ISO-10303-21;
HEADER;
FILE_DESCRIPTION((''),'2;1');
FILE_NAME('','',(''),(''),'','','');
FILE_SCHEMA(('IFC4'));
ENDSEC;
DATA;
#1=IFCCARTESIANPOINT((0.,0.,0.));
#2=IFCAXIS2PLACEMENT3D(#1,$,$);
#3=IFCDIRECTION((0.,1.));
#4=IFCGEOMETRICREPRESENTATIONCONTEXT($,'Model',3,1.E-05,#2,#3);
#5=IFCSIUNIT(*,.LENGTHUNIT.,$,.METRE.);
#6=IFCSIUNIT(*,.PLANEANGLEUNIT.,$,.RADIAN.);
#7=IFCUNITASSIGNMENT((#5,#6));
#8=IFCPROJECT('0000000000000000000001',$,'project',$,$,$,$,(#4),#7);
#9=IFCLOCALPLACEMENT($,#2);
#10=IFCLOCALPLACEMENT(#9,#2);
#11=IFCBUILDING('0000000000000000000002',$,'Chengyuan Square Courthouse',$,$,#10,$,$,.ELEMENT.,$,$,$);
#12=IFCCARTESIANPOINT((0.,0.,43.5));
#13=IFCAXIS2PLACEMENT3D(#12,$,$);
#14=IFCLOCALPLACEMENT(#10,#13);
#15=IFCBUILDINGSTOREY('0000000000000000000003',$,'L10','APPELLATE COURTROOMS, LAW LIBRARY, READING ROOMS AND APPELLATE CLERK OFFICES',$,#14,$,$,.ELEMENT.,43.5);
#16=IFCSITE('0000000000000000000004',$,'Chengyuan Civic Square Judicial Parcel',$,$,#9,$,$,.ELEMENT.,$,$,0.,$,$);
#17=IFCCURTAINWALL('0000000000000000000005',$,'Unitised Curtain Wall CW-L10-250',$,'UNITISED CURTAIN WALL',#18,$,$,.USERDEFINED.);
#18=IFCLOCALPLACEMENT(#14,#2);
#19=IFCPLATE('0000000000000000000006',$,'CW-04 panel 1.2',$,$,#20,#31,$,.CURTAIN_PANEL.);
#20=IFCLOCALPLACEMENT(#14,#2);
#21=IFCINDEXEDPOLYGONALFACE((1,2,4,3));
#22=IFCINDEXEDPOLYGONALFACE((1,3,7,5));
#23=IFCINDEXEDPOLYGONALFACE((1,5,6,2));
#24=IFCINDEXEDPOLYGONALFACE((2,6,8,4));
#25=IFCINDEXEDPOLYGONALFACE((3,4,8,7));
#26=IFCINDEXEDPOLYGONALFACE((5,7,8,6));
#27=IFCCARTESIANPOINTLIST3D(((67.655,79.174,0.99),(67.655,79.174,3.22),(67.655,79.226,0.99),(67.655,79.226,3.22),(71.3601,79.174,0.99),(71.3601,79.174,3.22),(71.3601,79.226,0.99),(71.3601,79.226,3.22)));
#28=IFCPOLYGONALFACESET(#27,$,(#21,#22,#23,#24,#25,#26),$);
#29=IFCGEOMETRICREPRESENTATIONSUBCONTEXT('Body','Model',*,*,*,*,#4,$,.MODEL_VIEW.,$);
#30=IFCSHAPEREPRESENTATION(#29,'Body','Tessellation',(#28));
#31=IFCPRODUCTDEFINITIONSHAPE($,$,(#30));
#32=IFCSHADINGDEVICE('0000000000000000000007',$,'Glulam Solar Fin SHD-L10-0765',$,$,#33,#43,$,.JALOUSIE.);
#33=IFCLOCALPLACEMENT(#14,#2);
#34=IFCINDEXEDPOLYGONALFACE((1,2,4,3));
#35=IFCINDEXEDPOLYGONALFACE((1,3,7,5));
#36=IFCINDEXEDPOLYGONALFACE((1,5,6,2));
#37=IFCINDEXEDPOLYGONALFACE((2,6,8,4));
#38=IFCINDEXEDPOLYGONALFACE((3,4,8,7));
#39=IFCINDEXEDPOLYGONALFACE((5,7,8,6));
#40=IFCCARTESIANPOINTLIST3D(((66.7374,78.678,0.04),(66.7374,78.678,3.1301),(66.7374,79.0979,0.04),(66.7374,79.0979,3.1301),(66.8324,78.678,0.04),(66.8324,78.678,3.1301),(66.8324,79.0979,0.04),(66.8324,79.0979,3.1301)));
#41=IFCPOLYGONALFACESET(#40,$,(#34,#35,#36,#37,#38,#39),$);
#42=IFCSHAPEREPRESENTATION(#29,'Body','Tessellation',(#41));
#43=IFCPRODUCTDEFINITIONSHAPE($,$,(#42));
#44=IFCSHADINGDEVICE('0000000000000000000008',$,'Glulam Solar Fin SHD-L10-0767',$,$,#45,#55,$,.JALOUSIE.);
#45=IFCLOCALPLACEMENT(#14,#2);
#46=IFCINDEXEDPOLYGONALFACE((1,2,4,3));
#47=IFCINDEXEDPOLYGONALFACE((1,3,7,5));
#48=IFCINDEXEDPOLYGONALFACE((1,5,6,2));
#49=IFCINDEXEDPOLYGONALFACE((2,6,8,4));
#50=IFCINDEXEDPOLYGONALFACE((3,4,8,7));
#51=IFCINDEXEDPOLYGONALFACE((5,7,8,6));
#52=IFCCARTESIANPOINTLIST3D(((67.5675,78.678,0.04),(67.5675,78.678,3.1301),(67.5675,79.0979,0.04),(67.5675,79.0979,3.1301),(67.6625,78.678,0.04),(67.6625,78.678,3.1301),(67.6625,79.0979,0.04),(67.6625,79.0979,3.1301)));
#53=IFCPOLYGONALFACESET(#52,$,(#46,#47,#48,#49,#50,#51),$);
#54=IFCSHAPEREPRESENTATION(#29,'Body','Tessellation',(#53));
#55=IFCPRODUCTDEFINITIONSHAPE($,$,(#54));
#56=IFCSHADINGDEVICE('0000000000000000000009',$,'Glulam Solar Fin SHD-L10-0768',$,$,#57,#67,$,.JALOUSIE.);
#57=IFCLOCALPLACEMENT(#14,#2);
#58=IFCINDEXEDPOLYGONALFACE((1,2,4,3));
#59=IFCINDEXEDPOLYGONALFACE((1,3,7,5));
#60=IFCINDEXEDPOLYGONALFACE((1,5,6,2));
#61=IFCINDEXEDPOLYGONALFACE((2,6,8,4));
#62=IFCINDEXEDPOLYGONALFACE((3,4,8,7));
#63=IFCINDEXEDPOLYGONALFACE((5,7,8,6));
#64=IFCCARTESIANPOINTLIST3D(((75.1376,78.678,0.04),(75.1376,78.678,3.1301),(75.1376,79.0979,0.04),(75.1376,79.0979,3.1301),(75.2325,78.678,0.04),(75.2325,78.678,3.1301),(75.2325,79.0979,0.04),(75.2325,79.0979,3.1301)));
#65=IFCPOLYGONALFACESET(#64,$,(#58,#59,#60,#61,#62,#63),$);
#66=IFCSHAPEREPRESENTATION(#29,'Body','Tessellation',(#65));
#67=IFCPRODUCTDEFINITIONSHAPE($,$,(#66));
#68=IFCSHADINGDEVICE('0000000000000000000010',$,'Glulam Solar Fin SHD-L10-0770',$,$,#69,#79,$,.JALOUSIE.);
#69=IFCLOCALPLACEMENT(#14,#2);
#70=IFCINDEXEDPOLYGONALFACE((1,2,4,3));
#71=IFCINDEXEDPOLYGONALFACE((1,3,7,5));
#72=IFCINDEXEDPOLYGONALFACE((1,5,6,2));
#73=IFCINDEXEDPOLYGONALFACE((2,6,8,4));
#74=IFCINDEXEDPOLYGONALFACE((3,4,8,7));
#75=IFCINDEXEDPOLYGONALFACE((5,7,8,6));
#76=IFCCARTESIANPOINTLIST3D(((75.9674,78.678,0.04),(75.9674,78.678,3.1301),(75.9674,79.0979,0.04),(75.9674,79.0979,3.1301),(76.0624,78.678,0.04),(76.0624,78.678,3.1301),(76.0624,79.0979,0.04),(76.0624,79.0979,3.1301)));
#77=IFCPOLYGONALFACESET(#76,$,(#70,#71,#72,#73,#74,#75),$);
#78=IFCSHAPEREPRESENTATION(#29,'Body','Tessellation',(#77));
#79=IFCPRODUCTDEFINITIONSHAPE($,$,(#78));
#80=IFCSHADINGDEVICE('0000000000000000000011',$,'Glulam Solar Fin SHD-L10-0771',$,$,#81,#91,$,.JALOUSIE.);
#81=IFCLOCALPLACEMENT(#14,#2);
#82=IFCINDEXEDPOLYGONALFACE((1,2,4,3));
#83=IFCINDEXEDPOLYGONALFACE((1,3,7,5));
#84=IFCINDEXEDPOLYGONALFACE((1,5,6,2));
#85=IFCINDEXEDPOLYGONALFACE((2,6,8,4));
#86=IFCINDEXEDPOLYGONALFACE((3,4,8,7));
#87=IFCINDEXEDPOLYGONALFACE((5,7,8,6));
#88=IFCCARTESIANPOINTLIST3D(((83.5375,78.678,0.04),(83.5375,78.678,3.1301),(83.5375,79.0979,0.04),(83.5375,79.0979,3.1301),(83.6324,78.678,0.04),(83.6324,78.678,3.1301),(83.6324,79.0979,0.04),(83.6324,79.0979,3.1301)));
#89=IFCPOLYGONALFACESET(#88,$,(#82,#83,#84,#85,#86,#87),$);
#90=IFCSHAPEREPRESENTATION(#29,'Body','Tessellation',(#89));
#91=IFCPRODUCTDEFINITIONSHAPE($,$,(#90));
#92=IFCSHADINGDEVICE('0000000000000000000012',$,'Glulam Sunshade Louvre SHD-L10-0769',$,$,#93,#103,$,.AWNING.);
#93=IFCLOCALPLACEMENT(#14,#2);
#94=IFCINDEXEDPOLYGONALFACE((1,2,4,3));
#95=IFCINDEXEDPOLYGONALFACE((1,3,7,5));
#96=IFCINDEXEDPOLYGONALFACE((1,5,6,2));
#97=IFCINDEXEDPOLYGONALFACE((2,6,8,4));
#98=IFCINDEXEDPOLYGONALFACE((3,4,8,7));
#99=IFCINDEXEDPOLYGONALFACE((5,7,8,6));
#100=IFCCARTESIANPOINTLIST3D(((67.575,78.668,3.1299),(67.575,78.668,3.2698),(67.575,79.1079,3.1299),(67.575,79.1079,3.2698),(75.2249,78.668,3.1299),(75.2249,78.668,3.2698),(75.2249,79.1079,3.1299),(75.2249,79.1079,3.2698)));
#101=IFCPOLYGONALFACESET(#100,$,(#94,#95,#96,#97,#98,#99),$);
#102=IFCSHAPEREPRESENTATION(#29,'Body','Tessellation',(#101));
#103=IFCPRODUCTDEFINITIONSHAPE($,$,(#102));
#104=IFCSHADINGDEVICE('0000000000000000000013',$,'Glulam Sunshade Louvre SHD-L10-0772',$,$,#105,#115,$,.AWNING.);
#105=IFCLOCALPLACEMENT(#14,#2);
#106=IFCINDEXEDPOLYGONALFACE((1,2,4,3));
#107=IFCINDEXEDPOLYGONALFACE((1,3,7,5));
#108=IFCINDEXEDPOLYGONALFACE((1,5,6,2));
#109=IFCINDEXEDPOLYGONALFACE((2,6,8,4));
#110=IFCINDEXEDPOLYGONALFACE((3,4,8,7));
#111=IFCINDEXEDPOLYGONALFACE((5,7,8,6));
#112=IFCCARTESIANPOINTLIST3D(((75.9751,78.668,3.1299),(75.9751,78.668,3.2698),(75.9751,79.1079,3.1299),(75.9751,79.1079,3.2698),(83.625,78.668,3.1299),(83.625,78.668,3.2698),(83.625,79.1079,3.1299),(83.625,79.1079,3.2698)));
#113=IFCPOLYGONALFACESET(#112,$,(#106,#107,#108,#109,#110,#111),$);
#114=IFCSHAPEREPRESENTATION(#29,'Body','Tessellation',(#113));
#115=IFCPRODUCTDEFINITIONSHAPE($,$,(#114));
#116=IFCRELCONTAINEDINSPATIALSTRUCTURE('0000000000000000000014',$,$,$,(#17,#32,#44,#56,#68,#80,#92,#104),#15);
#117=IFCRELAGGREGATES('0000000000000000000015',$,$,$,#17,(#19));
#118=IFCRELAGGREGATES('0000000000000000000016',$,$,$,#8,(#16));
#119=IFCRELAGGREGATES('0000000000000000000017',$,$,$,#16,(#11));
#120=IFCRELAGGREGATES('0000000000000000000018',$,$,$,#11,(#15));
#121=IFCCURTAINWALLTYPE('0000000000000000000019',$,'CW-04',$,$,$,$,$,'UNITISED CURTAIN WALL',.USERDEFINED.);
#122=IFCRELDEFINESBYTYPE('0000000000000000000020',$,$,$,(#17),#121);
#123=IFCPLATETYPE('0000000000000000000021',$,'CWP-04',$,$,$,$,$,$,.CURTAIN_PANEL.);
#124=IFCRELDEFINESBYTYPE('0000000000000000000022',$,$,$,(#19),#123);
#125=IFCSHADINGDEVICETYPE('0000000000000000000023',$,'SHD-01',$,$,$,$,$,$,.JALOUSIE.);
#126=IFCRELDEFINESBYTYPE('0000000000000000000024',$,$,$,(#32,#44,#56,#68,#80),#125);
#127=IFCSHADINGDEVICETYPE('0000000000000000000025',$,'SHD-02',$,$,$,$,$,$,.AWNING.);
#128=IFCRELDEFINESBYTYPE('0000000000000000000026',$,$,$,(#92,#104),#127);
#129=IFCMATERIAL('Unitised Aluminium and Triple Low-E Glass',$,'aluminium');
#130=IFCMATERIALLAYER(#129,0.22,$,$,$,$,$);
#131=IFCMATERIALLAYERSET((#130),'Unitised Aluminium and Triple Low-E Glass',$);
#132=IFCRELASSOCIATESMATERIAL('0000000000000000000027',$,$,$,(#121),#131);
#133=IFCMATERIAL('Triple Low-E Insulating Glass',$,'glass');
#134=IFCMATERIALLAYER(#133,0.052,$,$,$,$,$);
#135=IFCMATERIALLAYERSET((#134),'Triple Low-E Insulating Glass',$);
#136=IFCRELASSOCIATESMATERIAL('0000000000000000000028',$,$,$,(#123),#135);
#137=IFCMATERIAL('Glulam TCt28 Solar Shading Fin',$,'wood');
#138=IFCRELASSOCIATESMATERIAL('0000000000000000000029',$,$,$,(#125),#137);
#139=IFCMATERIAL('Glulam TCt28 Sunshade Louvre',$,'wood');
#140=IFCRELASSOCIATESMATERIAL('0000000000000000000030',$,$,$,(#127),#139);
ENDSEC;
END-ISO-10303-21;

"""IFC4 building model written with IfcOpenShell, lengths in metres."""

from ifc_helpers import new_model, si_unit, direction, frame, origin, origin_2d, place, context, subcontext, project, spatial, rectangle, extrude, material, layer, layer_set, type_object, element, aggregate, save


model = new_model("IFC4")

# Units and contexts
model_context = context("Model", 3, precision=1e-05, world=origin(), true_north=direction((0.0, 1.0)))
body_context = subcontext(model_context, "Body", "Model", "MODEL_VIEW")
ifc_project = project(units=[si_unit("LENGTHUNIT", "METRE"), si_unit("PLANEANGLEUNIT", "RADIAN")], contexts=[model_context])

# Site, building, storey
site_placement = place(None, origin())
site = spatial("IfcSite", under=ifc_project, at=site_placement, Name="Chengyuan Civic Square Judicial Parcel", CompositionType="ELEMENT", RefElevation=0.0)
building_placement = place(site_placement, origin())
building = spatial("IfcBuilding", under=site, at=building_placement, Name="Chengyuan Square Courthouse", CompositionType="ELEMENT")
storey_placement = place(building_placement, frame((0.0, 0.0, 43.5)))
storey = spatial("IfcBuildingStorey", under=building, at=storey_placement, Name="L10", Description="APPELLATE COURTROOMS, LAW LIBRARY, READING ROOMS AND APPELLATE CLERK OFFICES", CompositionType="ELEMENT", Elevation=43.5)

# Shared definitions
ifc_material_1 = material(Name="Unitised Aluminium and Triple Low-E Glass", Category="aluminium")
ifc_layer_1 = layer(ifc_material_1, 0.22)
ifc_layer_set_1 = layer_set([ifc_layer_1], Name="Unitised Aluminium and Triple Low-E Glass")
curtain_wall_type = type_object("IfcCurtainWallType", Name="CW-04", ElementType="UNITISED CURTAIN WALL", PredefinedType="USERDEFINED", material=ifc_layer_set_1)

# Curtain wall
curtain_wall_1_placement = place(storey_placement, origin())
curtain_wall_1 = element("IfcCurtainWall", 1, at=curtain_wall_1_placement, inside=storey, type_object=curtain_wall_type, Name="Unitised Curtain Wall CW-L10-250", ObjectType="UNITISED CURTAIN WALL", PredefinedType="USERDEFINED")

# Plate
ifc_material_2 = material(Name="Triple Low-E Insulating Glass", Category="glass")
ifc_layer_2 = layer(ifc_material_2, 0.052)
ifc_layer_set_2 = layer_set([ifc_layer_2], Name="Triple Low-E Insulating Glass")
plate_type = type_object("IfcPlateType", Name="CWP-04", PredefinedType="CURTAIN_PANEL", material=ifc_layer_set_2)
plate_1_placement = place(storey_placement, frame((69.5076, 79.2, 0.99), z_axis=(0.0, 0.0, 1.0), x_axis=(1.0, 0.0, 0.0)))
plate_1 = element("IfcPlate", 2, at=plate_1_placement, type_object=plate_type, Name="CW-04 panel 1.2", PredefinedType="CURTAIN_PANEL", context=body_context, shape_type="SweptSolid", body=[
    extrude(rectangle(XDim=3.7051, YDim=0.052, at=origin_2d()), origin(), (0.0, 0.0, 1.0), 2.23),
])
aggregate(curtain_wall_1, [plate_1])

# Shading devices
ifc_material_3 = material(Name="Glulam TCt28 Solar Shading Fin", Category="wood")
shading_device_type_1 = type_object("IfcShadingDeviceType", Name="SHD-01", PredefinedType="JALOUSIE", material=ifc_material_3)
for number, where, z_axis, x_axis, name in (
    (3, (66.7849, 78.8879, 0.04), (0.0, 0.0, 1.0), (0.0, 1.0, 0.0), "Glulam Solar Fin SHD-L10-0765"),
    (4, (67.615, 78.8879, 0.04), (0.0, 0.0, 1.0), (0.0, 1.0, 0.0), "Glulam Solar Fin SHD-L10-0767"),
    (5, (75.1851, 78.8879, 0.04), (0.0, 0.0, 1.0), (0.0, 1.0, 0.0), "Glulam Solar Fin SHD-L10-0768"),
    (6, (76.0149, 78.8879, 0.04), (0.0, 0.0, 1.0), (0.0, 1.0, 0.0), "Glulam Solar Fin SHD-L10-0770"),
    (7, (83.585, 78.8879, 0.04), (0.0, 0.0, 1.0), (0.0, 1.0, 0.0), "Glulam Solar Fin SHD-L10-0771"),
):
    element("IfcShadingDevice", number, at=place(storey_placement, frame(where, z_axis=z_axis, x_axis=x_axis)), inside=storey, type_object=shading_device_type_1, Name=name, PredefinedType="JALOUSIE", context=body_context, shape_type="SweptSolid", body=[
        extrude(rectangle(XDim=0.4199, YDim=0.095, at=origin_2d()), origin(), (0.0, 0.0, 1.0), 3.0901),
    ])
ifc_material_4 = material(Name="Glulam TCt28 Sunshade Louvre", Category="wood")
shading_device_type_2 = type_object("IfcShadingDeviceType", Name="SHD-02", PredefinedType="AWNING", material=ifc_material_4)
for number, where, z_axis, x_axis, name in (
    (8, (71.3999, 78.8879, 3.1299), (0.0, 0.0, 1.0), (1.0, 0.0, 0.0), "Glulam Sunshade Louvre SHD-L10-0769"),
    (9, (79.8, 78.8879, 3.1299), (0.0, 0.0, 1.0), (1.0, 0.0, 0.0), "Glulam Sunshade Louvre SHD-L10-0772"),
):
    element("IfcShadingDevice", number, at=place(storey_placement, frame(where, z_axis=z_axis, x_axis=x_axis)), inside=storey, type_object=shading_device_type_2, Name=name, PredefinedType="AWNING", context=body_context, shape_type="SweptSolid", body=[
        extrude(rectangle(XDim=7.6499, YDim=0.4399, at=origin_2d()), origin(), (0.0, 0.0, 1.0), 0.1399),
    ])

save(model, "model.ifc")
